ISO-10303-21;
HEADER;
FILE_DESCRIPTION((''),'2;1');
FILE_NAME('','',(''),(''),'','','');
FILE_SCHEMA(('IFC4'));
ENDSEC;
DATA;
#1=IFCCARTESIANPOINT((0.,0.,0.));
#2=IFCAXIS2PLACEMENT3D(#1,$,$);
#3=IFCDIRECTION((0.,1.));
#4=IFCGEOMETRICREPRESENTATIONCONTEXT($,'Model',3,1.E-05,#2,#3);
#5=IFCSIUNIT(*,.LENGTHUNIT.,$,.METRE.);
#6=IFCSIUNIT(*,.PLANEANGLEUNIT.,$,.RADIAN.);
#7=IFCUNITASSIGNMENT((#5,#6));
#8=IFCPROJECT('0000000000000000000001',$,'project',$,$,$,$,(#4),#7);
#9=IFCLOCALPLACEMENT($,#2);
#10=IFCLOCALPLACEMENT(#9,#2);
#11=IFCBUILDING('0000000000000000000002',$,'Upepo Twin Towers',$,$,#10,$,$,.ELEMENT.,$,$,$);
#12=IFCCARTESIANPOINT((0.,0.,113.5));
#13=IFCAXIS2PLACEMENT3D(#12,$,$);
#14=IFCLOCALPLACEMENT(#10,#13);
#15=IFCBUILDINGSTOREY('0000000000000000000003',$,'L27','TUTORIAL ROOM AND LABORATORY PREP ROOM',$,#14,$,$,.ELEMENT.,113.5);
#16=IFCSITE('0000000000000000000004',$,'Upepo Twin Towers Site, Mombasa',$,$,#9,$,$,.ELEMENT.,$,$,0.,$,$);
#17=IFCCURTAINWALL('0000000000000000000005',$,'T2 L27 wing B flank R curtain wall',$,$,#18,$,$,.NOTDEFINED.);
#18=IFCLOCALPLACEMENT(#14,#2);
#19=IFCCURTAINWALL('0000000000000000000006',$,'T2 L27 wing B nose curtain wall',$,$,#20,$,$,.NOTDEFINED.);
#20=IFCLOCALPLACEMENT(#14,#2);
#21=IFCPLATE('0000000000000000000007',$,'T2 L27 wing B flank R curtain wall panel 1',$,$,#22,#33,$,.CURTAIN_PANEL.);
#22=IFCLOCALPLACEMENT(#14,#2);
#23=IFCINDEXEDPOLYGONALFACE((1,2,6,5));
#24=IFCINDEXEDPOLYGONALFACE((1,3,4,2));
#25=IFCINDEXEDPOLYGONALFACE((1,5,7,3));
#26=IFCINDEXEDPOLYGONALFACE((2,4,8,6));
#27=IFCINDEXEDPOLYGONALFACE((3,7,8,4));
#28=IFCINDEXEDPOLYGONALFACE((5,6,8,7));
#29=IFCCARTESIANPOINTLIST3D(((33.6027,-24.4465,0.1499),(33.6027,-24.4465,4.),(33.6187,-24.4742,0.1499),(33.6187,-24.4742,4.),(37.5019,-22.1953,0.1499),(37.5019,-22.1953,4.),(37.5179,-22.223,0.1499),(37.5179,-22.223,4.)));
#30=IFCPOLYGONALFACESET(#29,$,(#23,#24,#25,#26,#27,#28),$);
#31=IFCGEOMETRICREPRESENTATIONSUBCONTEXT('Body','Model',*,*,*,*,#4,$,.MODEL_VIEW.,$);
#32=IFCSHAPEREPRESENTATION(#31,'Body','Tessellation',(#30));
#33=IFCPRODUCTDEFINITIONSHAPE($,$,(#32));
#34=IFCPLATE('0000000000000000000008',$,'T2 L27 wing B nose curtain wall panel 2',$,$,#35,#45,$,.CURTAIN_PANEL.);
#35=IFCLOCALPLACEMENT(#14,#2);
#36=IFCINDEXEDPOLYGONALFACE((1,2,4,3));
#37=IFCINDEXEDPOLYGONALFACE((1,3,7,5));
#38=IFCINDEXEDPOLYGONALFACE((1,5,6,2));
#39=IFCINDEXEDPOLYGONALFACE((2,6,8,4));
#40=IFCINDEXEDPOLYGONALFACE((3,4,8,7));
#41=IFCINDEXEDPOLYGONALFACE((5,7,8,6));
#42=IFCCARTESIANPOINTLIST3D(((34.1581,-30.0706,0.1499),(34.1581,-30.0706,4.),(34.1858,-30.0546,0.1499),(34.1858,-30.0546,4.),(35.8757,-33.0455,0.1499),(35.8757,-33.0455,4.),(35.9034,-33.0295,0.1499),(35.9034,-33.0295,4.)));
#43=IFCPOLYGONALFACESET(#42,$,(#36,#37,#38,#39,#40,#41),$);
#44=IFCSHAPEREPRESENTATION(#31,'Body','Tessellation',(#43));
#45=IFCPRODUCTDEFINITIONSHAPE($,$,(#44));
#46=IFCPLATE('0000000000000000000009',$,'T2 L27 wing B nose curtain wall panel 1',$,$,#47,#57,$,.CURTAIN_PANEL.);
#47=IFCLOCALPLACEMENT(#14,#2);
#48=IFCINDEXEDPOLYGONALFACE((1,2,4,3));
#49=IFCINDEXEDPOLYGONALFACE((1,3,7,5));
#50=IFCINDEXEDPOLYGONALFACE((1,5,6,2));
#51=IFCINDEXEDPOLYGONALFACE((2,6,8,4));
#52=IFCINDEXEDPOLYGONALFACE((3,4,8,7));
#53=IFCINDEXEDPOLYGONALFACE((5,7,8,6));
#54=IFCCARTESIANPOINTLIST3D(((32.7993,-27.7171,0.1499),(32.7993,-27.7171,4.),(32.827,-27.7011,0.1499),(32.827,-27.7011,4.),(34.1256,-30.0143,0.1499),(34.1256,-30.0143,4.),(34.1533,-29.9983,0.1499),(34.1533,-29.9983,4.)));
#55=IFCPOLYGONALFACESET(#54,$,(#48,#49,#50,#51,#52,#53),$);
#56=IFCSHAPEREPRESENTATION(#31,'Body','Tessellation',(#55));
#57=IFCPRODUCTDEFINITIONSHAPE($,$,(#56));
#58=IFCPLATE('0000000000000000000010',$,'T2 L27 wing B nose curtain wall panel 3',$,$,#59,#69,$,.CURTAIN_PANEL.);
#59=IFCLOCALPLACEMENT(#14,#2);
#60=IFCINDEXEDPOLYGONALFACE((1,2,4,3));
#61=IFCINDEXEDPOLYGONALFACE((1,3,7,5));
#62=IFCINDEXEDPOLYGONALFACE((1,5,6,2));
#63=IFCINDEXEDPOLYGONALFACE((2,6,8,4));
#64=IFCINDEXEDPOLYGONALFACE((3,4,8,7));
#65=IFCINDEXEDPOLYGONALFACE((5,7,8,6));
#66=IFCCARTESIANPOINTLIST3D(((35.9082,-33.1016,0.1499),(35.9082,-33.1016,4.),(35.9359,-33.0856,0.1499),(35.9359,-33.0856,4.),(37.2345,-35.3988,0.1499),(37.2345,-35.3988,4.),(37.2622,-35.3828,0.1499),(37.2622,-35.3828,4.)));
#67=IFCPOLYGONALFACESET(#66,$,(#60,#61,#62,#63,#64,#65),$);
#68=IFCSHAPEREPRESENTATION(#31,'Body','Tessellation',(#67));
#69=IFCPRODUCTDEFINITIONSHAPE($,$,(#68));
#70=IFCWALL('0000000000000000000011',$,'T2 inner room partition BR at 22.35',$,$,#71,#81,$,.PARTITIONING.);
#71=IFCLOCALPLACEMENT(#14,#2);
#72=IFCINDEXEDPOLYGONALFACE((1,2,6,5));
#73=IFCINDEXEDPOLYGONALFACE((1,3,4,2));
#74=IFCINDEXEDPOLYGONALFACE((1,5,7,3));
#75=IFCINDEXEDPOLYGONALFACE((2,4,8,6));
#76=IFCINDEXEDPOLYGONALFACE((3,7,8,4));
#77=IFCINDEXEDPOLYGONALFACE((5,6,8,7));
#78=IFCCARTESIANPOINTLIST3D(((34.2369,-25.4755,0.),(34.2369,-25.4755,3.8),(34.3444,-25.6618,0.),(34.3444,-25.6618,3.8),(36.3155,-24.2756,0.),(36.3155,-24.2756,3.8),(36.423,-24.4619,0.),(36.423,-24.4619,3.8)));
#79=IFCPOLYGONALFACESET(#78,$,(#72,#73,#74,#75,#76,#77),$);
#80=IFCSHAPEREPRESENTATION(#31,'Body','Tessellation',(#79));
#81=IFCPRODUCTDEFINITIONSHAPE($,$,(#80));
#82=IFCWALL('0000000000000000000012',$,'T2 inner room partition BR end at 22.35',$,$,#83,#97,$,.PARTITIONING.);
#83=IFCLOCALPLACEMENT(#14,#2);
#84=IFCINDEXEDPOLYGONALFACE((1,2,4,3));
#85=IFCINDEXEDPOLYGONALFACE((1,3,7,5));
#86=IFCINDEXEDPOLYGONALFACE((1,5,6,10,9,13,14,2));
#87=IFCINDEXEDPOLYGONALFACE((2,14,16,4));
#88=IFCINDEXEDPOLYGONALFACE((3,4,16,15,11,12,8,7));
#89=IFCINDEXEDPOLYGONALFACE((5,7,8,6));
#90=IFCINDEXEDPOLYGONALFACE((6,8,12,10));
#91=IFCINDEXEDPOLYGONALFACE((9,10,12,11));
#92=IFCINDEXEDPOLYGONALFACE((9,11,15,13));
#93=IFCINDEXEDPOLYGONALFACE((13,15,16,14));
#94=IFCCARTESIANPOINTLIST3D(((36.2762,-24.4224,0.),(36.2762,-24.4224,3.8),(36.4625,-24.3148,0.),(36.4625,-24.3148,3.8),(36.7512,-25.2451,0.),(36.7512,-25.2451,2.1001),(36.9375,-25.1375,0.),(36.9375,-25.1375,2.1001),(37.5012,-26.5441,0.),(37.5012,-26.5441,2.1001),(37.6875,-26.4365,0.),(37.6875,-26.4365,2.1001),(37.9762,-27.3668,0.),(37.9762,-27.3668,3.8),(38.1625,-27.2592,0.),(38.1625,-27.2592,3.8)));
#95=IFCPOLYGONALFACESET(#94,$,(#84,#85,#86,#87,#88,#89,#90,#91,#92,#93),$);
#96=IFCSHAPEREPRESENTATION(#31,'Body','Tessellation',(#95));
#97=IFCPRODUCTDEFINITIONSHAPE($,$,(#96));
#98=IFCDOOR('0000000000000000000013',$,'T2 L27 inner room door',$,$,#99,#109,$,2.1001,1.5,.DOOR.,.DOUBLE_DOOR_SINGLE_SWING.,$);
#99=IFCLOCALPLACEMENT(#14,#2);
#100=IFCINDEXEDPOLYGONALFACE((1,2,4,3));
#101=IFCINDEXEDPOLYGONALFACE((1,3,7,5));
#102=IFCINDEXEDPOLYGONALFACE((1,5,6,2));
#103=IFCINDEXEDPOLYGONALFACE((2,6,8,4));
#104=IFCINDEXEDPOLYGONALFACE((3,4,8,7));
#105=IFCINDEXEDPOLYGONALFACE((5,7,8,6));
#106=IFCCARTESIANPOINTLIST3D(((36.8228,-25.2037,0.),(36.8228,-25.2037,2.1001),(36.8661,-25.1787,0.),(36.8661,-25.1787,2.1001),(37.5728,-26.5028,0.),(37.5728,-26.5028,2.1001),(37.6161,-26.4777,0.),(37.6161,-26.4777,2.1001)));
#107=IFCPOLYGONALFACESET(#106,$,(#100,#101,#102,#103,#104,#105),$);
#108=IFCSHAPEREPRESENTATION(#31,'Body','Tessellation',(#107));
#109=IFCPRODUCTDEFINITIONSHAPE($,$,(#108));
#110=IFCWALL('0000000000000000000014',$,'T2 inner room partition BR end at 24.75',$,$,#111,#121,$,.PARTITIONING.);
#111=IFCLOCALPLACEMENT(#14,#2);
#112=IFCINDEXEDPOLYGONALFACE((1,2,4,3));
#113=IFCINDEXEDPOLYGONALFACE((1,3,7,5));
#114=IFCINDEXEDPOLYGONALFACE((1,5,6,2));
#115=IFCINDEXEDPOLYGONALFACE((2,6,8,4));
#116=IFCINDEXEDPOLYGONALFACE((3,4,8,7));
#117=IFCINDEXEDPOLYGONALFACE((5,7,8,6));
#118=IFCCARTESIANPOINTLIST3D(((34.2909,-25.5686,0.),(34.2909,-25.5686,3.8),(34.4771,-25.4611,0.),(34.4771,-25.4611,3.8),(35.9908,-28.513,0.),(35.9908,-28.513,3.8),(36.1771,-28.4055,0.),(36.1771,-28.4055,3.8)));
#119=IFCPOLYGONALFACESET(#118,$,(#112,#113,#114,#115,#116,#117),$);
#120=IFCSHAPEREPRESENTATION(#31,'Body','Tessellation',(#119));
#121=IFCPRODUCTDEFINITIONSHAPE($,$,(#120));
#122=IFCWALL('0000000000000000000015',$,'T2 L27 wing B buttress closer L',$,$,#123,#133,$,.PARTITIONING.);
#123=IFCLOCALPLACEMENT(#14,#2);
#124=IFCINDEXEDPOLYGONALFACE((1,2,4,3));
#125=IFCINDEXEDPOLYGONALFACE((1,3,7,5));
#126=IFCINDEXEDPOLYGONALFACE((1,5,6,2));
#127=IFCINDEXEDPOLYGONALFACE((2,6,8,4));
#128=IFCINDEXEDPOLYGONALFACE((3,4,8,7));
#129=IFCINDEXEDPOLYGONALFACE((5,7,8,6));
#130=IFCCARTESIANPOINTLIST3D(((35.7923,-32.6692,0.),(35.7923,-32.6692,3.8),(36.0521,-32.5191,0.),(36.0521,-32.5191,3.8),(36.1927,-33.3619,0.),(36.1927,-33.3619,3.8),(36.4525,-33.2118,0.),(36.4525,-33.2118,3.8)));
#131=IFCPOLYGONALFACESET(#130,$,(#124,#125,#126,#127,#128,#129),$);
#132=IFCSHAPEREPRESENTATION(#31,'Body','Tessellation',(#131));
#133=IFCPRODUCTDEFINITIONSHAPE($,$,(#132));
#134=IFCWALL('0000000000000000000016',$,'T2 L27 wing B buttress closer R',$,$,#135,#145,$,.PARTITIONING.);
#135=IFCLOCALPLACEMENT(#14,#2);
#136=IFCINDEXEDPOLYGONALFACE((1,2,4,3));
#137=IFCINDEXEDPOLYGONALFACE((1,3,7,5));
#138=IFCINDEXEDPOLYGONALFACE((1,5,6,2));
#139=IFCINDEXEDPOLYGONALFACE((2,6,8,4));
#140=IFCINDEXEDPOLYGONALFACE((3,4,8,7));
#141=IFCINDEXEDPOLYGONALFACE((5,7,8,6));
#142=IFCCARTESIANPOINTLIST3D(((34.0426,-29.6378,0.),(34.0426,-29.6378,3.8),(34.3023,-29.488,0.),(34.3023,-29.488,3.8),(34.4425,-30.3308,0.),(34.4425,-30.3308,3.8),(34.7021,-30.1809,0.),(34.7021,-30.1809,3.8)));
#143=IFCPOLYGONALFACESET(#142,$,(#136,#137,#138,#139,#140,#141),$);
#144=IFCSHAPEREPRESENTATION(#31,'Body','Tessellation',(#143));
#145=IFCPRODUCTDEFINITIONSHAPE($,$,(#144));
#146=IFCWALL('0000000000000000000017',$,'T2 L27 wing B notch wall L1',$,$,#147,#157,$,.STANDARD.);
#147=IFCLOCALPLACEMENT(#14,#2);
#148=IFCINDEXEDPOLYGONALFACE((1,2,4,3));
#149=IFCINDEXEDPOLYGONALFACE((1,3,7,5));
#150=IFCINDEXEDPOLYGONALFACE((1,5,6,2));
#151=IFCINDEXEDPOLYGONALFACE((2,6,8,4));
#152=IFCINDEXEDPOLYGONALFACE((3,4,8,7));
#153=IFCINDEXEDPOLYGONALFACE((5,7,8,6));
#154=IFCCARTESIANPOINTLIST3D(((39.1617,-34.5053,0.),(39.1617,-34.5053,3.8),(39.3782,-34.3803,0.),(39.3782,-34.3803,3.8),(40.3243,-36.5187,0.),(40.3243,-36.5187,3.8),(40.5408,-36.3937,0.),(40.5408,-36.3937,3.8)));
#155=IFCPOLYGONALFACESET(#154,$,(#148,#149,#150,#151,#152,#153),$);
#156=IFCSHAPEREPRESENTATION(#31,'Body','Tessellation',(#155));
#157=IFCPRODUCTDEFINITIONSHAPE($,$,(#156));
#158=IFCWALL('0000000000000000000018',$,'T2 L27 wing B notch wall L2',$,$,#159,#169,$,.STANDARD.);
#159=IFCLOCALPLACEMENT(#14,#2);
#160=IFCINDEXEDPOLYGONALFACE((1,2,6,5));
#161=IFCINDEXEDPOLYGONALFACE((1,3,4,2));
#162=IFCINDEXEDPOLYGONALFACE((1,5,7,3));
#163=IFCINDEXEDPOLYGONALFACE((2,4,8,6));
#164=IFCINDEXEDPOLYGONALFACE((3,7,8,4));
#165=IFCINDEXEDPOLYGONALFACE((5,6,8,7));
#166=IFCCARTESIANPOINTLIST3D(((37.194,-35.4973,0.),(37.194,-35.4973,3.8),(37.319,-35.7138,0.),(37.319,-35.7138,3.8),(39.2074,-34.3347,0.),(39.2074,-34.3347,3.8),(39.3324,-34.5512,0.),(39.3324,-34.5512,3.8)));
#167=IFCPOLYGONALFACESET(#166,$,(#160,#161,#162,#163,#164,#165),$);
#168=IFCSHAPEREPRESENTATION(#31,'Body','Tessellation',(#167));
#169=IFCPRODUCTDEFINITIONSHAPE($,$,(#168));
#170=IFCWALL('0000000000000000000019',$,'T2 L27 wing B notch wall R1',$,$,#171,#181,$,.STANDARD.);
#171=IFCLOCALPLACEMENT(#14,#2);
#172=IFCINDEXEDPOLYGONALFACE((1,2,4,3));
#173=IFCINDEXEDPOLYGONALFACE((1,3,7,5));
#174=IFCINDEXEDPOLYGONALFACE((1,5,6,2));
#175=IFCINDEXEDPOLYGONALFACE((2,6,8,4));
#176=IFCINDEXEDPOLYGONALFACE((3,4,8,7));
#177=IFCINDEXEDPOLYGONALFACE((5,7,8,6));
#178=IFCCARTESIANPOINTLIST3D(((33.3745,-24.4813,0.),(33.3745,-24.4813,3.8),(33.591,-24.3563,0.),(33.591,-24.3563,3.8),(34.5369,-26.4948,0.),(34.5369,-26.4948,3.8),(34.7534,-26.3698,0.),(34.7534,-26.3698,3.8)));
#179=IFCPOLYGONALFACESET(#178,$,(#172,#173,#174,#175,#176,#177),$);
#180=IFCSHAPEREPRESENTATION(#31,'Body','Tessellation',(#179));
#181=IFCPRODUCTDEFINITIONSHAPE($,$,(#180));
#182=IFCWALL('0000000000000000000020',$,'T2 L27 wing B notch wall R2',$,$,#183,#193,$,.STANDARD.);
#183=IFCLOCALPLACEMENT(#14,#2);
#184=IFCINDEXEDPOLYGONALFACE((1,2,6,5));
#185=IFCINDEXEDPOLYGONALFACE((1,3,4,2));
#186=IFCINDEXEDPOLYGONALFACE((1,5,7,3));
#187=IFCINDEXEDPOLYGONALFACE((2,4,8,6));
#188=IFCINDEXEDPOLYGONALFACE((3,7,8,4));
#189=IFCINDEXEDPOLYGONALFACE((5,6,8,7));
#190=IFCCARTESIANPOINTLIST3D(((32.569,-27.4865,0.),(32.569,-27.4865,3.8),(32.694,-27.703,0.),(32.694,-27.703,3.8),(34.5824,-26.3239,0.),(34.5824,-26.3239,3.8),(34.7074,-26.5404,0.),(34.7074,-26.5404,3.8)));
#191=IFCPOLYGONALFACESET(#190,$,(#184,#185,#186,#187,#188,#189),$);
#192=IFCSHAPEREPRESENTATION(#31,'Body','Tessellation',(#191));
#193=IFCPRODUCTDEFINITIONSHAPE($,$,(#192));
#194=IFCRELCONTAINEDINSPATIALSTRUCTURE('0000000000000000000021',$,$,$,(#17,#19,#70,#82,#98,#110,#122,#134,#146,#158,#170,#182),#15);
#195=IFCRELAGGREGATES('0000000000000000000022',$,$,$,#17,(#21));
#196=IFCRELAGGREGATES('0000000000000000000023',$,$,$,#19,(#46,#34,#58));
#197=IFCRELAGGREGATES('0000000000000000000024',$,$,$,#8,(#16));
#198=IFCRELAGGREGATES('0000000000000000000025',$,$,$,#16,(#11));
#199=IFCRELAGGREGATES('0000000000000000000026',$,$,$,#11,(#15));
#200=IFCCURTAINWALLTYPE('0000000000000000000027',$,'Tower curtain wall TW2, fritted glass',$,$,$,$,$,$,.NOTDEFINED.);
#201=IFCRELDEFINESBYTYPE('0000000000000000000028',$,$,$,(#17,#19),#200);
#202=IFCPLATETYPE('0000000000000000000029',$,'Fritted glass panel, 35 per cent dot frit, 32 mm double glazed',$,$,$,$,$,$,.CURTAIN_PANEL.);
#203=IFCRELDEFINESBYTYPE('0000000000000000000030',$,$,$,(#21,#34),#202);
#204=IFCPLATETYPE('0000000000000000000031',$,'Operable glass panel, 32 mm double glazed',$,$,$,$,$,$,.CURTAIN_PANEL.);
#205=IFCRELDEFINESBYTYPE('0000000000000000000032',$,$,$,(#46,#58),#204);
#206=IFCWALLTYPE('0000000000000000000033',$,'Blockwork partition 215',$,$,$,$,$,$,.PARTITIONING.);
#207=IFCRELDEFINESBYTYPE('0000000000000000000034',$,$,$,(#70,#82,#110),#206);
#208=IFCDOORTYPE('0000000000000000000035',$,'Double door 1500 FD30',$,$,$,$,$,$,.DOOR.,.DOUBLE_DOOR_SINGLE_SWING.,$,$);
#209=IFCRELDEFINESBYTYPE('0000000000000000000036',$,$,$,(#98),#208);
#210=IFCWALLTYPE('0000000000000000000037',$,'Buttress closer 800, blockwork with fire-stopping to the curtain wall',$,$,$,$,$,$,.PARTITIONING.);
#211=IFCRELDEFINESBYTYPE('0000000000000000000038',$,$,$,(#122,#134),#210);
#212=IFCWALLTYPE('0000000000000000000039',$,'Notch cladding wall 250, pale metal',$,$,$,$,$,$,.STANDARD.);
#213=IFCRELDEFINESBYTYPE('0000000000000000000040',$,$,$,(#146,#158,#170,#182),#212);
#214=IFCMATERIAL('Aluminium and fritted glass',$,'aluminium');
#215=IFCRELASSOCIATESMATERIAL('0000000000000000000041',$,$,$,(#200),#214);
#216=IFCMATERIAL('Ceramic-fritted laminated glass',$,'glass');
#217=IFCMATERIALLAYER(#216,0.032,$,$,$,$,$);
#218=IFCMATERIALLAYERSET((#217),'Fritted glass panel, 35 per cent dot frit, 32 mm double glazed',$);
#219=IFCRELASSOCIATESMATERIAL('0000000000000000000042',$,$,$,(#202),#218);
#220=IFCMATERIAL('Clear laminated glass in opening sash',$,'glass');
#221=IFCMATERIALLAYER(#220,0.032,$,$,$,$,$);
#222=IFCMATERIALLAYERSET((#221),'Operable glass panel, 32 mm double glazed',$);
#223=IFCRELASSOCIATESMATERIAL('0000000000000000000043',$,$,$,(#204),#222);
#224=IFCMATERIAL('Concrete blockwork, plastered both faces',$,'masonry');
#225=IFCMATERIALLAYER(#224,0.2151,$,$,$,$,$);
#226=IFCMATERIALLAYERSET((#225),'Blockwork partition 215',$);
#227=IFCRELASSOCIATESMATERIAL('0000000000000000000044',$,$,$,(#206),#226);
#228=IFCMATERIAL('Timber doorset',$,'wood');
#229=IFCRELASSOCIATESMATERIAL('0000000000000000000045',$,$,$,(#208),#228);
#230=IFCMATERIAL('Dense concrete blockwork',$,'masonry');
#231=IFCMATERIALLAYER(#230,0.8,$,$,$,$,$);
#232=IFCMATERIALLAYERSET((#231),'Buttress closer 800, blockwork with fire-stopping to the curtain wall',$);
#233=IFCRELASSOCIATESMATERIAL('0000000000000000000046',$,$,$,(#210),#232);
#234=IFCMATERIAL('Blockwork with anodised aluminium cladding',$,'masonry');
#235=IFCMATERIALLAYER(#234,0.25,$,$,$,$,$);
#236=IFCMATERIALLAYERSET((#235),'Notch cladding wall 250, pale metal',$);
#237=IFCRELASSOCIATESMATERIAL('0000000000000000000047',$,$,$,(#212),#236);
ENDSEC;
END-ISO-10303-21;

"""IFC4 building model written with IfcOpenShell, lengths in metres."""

from ifc_helpers import new_model, si_unit, direction, frame, frame_2d, origin, origin_2d, place, context, subcontext, project, spatial, rectangle, extrude, material, layer, layer_set, type_object, element, fill, aggregate, save


model = new_model("IFC4")

# Units and contexts
model_context = context("Model", 3, precision=1e-05, world=origin(), true_north=direction((0.0, 1.0)))
body_context = subcontext(model_context, "Body", "Model", "MODEL_VIEW")
ifc_project = project(units=[si_unit("LENGTHUNIT", "METRE"), si_unit("PLANEANGLEUNIT", "RADIAN")], contexts=[model_context])

# Site, building, storey
site_placement = place(None, origin())
site = spatial("IfcSite", under=ifc_project, at=site_placement, Name="Upepo Twin Towers Site, Mombasa", CompositionType="ELEMENT", RefElevation=0.0)
building_placement = place(site_placement, origin())
building = spatial("IfcBuilding", under=site, at=building_placement, Name="Upepo Twin Towers", CompositionType="ELEMENT")
storey_placement = place(building_placement, frame((0.0, 0.0, 113.5)))
storey = spatial("IfcBuildingStorey", under=building, at=storey_placement, Name="L27", Description="TUTORIAL ROOM AND LABORATORY PREP ROOM", CompositionType="ELEMENT", Elevation=113.5)

# Curtain wall
ifc_material_1 = material(Name="Aluminium and fritted glass", Category="aluminium")
curtain_wall_type = type_object("IfcCurtainWallType", Name="Tower curtain wall TW2, fritted glass", PredefinedType="NOTDEFINED", material=ifc_material_1)
curtain_wall_1_placement = place(storey_placement, origin())
curtain_wall_1 = element("IfcCurtainWall", 1, at=curtain_wall_1_placement, inside=storey, type_object=curtain_wall_type, Name="T2 L27 wing B flank R curtain wall", PredefinedType="NOTDEFINED")

# Curtain wall
curtain_wall_2_placement = place(storey_placement, origin())
curtain_wall_2 = element("IfcCurtainWall", 2, at=curtain_wall_2_placement, inside=storey, type_object=curtain_wall_type, Name="T2 L27 wing B nose curtain wall", PredefinedType="NOTDEFINED")

# Plates
ifc_material_2 = material(Name="Ceramic-fritted laminated glass", Category="glass")
ifc_layer_1 = layer(ifc_material_2, 0.032)
ifc_layer_set_1 = layer_set([ifc_layer_1], Name="Fritted glass panel, 35 per cent dot frit, 32 mm double glazed")
plate_type_1 = type_object("IfcPlateType", Name="Fritted glass panel, 35 per cent dot frit, 32 mm double glazed", PredefinedType="CURTAIN_PANEL", material=ifc_layer_set_1)
plate_1_placement = place(storey_placement, frame((35.5603, -23.3347, 0.1499), z_axis=(0.0, 0.0, 1.0), x_axis=(0.866025, 0.5, 0.0)))
plate_1 = element("IfcPlate", 3, at=plate_1_placement, type_object=plate_type_1, Name="T2 L27 wing B flank R curtain wall panel 1", PredefinedType="CURTAIN_PANEL", context=body_context, shape_type="SweptSolid", body=[
    extrude(rectangle(XDim=4.5024, YDim=0.032, at=origin_2d()), origin(), (0.0, 0.0, 1.0), 3.8501),
])
aggregate(curtain_wall_1, [plate_1])
plate_2_placement = place(storey_placement, frame((35.0308, -31.55, 0.1499), z_axis=(0.0, 0.0, 1.0), x_axis=(0.5, -0.866025, 0.0)))
plate_2 = element("IfcPlate", 4, at=plate_2_placement, type_object=plate_type_1, Name="T2 L27 wing B nose curtain wall panel 2", PredefinedType="CURTAIN_PANEL", context=body_context, shape_type="SweptSolid", body=[
    extrude(rectangle(XDim=3.4351, YDim=0.032, at=origin_2d()), origin(), (0.0, 0.0, 1.0), 3.8501),
])
ifc_material_3 = material(Name="Clear laminated glass in opening sash", Category="glass")
ifc_layer_2 = layer(ifc_material_3, 0.032)
ifc_layer_set_2 = layer_set([ifc_layer_2], Name="Operable glass panel, 32 mm double glazed")
plate_type_2 = type_object("IfcPlateType", Name="Operable glass panel, 32 mm double glazed", PredefinedType="CURTAIN_PANEL", material=ifc_layer_set_2)
plate_3_placement = place(storey_placement, frame((33.4763, -28.8577, 0.1499), z_axis=(0.0, 0.0, 1.0), x_axis=(0.5, -0.866025, 0.0)))
plate_3 = element("IfcPlate", 5, at=plate_3_placement, type_object=plate_type_2, Name="T2 L27 wing B nose curtain wall panel 1", PredefinedType="CURTAIN_PANEL", context=body_context, shape_type="SweptSolid", body=[
    extrude(rectangle(XDim=2.6526, YDim=0.032, at=origin_2d()), origin(), (0.0, 0.0, 1.0), 3.8501),
])
plate_4_placement = place(storey_placement, frame((36.5852, -34.2422, 0.1499), z_axis=(0.0, 0.0, 1.0), x_axis=(0.5, -0.866025, 0.0)))
plate_4 = element("IfcPlate", 6, at=plate_4_placement, type_object=plate_type_2, Name="T2 L27 wing B nose curtain wall panel 3", PredefinedType="CURTAIN_PANEL", context=body_context, shape_type="SweptSolid", body=[
    extrude(rectangle(XDim=2.6526, YDim=0.032, at=origin_2d()), origin(), (0.0, 0.0, 1.0), 3.8501),
])
aggregate(curtain_wall_2, [plate_3, plate_2, plate_4])

# Wall
ifc_material_4 = material(Name="Concrete blockwork, plastered both faces", Category="masonry")
ifc_layer_3 = layer(ifc_material_4, 0.2151)
ifc_layer_set_3 = layer_set([ifc_layer_3], Name="Blockwork partition 215")
wall_type_1 = type_object("IfcWallType", Name="Blockwork partition 215", PredefinedType="PARTITIONING", material=ifc_layer_set_3)
wall_1_placement = place(storey_placement, frame((36.3694, -24.3687, 0.0), z_axis=(0.0, 0.0, 1.0), x_axis=(-0.86605, -0.499957, 0.0)))
element("IfcWall", 7, at=wall_1_placement, inside=storey, type_object=wall_type_1, Name="T2 inner room partition BR at 22.35", PredefinedType="PARTITIONING", context=body_context, shape_type="SweptSolid", body=[
    extrude(rectangle(XDim=2.4001, YDim=0.2151, at=frame_2d((1.2002, 0.0))), origin(), (0.0, 0.0, 1.0), 3.8),
])

# Wall, opening, door
wall_2_placement = place(storey_placement, frame((38.0693, -27.313, 0.0), z_axis=(0.0, 0.0, 1.0), x_axis=(-0.500008, 0.866021, 0.0)))
wall_2 = element("IfcWall", 8, at=wall_2_placement, inside=storey, type_object=wall_type_1, Name="T2 inner room partition BR end at 22.35", PredefinedType="PARTITIONING", context=body_context, shape_type="SweptSolid", body=[
    extrude(rectangle(XDim=3.3999, YDim=0.2151, at=frame_2d((1.7, 0.0))), origin(), (0.0, 0.0, 1.0), 3.8),
])
opening_placement = place(wall_2_placement, frame((0.95, 0.0, 0.0)))
opening = element("IfcOpeningElement", 9, at=opening_placement, cuts=wall_2, PredefinedType="OPENING", context=body_context, shape_type="SweptSolid", body=[
    extrude(rectangle(XDim=1.5, YDim=2.1001, at=frame_2d((0.75, 1.05))), frame((0.0, 0.1174, 0.0), z_axis=(0.0, -1.0, 0.0), x_axis=(1.0, 0.0, 0.0)), (0.0, 0.0, 1.0), 0.2351),
])
ifc_material_5 = material(Name="Timber doorset", Category="wood")
door_type = type_object("IfcDoorType", Name="Double door 1500 FD30", OperationType="DOUBLE_DOOR_SINGLE_SWING", PredefinedType="DOOR", material=ifc_material_5)
door_placement = place(opening_placement, origin())
door = element("IfcDoor", 10, at=door_placement, inside=storey, type_object=door_type, Name="T2 L27 inner room door", OperationType="DOUBLE_DOOR_SINGLE_SWING", OverallHeight=2.1001, OverallWidth=1.5, PredefinedType="DOOR", context=body_context, shape_type="SweptSolid", body=[
    extrude(rectangle(XDim=1.5, YDim=2.1001, at=frame_2d((0.75, 1.05))), frame((0.0, 0.0249, 0.0), z_axis=(0.0, -1.0, 0.0), x_axis=(1.0, 0.0, 0.0)), (0.0, 0.0, 1.0), 0.05),
])
fill(opening, door)

# Walls
wall_3_placement = place(storey_placement, frame((36.084, -28.4592, 0.0), z_axis=(0.0, 0.0, 1.0), x_axis=(-0.500008, 0.866021, 0.0)))
element("IfcWall", 11, at=wall_3_placement, inside=storey, type_object=wall_type_1, Name="T2 inner room partition BR end at 24.75", PredefinedType="PARTITIONING", context=body_context, shape_type="SweptSolid", body=[
    extrude(rectangle(XDim=3.3999, YDim=0.2151, at=frame_2d((1.7, 0.0))), origin(), (0.0, 0.0, 1.0), 3.8),
])
ifc_material_6 = material(Name="Dense concrete blockwork", Category="masonry")
ifc_layer_4 = layer(ifc_material_6, 0.8)
ifc_layer_set_4 = layer_set([ifc_layer_4], Name="Buttress closer 800, blockwork with fire-stopping to the curtain wall")
wall_type_2 = type_object("IfcWallType", Name="Buttress closer 800, blockwork with fire-stopping to the curtain wall", PredefinedType="PARTITIONING", material=ifc_layer_set_4)
wall_4_placement = place(storey_placement, frame((36.2522, -32.8655, 0.0), z_axis=(0.0, 0.0, 1.0), x_axis=(-0.865779, -0.500427, 0.0)))
element("IfcWall", 12, at=wall_4_placement, inside=storey, type_object=wall_type_2, Name="T2 L27 wing B buttress closer L", PredefinedType="PARTITIONING", context=body_context, shape_type="SweptSolid", body=[
    extrude(rectangle(XDim=0.3, YDim=0.8, at=frame_2d((0.1499, 0.0))), origin(), (0.0, 0.0, 1.0), 3.8),
])
wall_5_placement = place(storey_placement, frame((34.5022, -29.8345, 0.0), z_axis=(0.0, 0.0, 1.0), x_axis=(-0.866131, -0.499816, 0.0)))
element("IfcWall", 13, at=wall_5_placement, inside=storey, type_object=wall_type_2, Name="T2 L27 wing B buttress closer R", PredefinedType="PARTITIONING", context=body_context, shape_type="SweptSolid", body=[
    extrude(rectangle(XDim=0.2998, YDim=0.8, at=frame_2d((0.1499, 0.0))), origin(), (0.0, 0.0, 1.0), 3.8),
])
ifc_material_7 = material(Name="Blockwork with anodised aluminium cladding", Category="masonry")
ifc_layer_5 = layer(ifc_material_7, 0.25)
ifc_layer_set_5 = layer_set([ifc_layer_5], Name="Notch cladding wall 250, pale metal")
wall_type_3 = type_object("IfcWallType", Name="Notch cladding wall 250, pale metal", PredefinedType="STANDARD", material=ifc_layer_set_5)
for number, where, z_axis, x_axis, name in (
    (14, (40.4326, -36.4563, 0.0), (0.0, 0.0, 1.0), (-0.500047, 0.865998, 0.0), "T2 L27 wing B notch wall L1"),
    (15, (39.27, -34.4429, 0.0), (0.0, 0.0, 1.0), (-0.865998, -0.500047, 0.0), "T2 L27 wing B notch wall L2"),
    (16, (33.4827, -24.4187, 0.0), (0.0, 0.0, 1.0), (0.499968, -0.866044, 0.0), "T2 L27 wing B notch wall R1"),
    (17, (34.645, -26.4321, 0.0), (0.0, 0.0, 1.0), (-0.865998, -0.500047, 0.0), "T2 L27 wing B notch wall R2"),
):
    element("IfcWall", number, at=place(storey_placement, frame(where, z_axis=z_axis, x_axis=x_axis)), inside=storey, type_object=wall_type_3, Name=name, PredefinedType="STANDARD", context=body_context, shape_type="SweptSolid", body=[
        extrude(rectangle(XDim=2.325, YDim=0.25, at=frame_2d((1.1626, 0.0))), origin(), (0.0, 0.0, 1.0), 3.8),
    ])

save(model, "model.ifc")
